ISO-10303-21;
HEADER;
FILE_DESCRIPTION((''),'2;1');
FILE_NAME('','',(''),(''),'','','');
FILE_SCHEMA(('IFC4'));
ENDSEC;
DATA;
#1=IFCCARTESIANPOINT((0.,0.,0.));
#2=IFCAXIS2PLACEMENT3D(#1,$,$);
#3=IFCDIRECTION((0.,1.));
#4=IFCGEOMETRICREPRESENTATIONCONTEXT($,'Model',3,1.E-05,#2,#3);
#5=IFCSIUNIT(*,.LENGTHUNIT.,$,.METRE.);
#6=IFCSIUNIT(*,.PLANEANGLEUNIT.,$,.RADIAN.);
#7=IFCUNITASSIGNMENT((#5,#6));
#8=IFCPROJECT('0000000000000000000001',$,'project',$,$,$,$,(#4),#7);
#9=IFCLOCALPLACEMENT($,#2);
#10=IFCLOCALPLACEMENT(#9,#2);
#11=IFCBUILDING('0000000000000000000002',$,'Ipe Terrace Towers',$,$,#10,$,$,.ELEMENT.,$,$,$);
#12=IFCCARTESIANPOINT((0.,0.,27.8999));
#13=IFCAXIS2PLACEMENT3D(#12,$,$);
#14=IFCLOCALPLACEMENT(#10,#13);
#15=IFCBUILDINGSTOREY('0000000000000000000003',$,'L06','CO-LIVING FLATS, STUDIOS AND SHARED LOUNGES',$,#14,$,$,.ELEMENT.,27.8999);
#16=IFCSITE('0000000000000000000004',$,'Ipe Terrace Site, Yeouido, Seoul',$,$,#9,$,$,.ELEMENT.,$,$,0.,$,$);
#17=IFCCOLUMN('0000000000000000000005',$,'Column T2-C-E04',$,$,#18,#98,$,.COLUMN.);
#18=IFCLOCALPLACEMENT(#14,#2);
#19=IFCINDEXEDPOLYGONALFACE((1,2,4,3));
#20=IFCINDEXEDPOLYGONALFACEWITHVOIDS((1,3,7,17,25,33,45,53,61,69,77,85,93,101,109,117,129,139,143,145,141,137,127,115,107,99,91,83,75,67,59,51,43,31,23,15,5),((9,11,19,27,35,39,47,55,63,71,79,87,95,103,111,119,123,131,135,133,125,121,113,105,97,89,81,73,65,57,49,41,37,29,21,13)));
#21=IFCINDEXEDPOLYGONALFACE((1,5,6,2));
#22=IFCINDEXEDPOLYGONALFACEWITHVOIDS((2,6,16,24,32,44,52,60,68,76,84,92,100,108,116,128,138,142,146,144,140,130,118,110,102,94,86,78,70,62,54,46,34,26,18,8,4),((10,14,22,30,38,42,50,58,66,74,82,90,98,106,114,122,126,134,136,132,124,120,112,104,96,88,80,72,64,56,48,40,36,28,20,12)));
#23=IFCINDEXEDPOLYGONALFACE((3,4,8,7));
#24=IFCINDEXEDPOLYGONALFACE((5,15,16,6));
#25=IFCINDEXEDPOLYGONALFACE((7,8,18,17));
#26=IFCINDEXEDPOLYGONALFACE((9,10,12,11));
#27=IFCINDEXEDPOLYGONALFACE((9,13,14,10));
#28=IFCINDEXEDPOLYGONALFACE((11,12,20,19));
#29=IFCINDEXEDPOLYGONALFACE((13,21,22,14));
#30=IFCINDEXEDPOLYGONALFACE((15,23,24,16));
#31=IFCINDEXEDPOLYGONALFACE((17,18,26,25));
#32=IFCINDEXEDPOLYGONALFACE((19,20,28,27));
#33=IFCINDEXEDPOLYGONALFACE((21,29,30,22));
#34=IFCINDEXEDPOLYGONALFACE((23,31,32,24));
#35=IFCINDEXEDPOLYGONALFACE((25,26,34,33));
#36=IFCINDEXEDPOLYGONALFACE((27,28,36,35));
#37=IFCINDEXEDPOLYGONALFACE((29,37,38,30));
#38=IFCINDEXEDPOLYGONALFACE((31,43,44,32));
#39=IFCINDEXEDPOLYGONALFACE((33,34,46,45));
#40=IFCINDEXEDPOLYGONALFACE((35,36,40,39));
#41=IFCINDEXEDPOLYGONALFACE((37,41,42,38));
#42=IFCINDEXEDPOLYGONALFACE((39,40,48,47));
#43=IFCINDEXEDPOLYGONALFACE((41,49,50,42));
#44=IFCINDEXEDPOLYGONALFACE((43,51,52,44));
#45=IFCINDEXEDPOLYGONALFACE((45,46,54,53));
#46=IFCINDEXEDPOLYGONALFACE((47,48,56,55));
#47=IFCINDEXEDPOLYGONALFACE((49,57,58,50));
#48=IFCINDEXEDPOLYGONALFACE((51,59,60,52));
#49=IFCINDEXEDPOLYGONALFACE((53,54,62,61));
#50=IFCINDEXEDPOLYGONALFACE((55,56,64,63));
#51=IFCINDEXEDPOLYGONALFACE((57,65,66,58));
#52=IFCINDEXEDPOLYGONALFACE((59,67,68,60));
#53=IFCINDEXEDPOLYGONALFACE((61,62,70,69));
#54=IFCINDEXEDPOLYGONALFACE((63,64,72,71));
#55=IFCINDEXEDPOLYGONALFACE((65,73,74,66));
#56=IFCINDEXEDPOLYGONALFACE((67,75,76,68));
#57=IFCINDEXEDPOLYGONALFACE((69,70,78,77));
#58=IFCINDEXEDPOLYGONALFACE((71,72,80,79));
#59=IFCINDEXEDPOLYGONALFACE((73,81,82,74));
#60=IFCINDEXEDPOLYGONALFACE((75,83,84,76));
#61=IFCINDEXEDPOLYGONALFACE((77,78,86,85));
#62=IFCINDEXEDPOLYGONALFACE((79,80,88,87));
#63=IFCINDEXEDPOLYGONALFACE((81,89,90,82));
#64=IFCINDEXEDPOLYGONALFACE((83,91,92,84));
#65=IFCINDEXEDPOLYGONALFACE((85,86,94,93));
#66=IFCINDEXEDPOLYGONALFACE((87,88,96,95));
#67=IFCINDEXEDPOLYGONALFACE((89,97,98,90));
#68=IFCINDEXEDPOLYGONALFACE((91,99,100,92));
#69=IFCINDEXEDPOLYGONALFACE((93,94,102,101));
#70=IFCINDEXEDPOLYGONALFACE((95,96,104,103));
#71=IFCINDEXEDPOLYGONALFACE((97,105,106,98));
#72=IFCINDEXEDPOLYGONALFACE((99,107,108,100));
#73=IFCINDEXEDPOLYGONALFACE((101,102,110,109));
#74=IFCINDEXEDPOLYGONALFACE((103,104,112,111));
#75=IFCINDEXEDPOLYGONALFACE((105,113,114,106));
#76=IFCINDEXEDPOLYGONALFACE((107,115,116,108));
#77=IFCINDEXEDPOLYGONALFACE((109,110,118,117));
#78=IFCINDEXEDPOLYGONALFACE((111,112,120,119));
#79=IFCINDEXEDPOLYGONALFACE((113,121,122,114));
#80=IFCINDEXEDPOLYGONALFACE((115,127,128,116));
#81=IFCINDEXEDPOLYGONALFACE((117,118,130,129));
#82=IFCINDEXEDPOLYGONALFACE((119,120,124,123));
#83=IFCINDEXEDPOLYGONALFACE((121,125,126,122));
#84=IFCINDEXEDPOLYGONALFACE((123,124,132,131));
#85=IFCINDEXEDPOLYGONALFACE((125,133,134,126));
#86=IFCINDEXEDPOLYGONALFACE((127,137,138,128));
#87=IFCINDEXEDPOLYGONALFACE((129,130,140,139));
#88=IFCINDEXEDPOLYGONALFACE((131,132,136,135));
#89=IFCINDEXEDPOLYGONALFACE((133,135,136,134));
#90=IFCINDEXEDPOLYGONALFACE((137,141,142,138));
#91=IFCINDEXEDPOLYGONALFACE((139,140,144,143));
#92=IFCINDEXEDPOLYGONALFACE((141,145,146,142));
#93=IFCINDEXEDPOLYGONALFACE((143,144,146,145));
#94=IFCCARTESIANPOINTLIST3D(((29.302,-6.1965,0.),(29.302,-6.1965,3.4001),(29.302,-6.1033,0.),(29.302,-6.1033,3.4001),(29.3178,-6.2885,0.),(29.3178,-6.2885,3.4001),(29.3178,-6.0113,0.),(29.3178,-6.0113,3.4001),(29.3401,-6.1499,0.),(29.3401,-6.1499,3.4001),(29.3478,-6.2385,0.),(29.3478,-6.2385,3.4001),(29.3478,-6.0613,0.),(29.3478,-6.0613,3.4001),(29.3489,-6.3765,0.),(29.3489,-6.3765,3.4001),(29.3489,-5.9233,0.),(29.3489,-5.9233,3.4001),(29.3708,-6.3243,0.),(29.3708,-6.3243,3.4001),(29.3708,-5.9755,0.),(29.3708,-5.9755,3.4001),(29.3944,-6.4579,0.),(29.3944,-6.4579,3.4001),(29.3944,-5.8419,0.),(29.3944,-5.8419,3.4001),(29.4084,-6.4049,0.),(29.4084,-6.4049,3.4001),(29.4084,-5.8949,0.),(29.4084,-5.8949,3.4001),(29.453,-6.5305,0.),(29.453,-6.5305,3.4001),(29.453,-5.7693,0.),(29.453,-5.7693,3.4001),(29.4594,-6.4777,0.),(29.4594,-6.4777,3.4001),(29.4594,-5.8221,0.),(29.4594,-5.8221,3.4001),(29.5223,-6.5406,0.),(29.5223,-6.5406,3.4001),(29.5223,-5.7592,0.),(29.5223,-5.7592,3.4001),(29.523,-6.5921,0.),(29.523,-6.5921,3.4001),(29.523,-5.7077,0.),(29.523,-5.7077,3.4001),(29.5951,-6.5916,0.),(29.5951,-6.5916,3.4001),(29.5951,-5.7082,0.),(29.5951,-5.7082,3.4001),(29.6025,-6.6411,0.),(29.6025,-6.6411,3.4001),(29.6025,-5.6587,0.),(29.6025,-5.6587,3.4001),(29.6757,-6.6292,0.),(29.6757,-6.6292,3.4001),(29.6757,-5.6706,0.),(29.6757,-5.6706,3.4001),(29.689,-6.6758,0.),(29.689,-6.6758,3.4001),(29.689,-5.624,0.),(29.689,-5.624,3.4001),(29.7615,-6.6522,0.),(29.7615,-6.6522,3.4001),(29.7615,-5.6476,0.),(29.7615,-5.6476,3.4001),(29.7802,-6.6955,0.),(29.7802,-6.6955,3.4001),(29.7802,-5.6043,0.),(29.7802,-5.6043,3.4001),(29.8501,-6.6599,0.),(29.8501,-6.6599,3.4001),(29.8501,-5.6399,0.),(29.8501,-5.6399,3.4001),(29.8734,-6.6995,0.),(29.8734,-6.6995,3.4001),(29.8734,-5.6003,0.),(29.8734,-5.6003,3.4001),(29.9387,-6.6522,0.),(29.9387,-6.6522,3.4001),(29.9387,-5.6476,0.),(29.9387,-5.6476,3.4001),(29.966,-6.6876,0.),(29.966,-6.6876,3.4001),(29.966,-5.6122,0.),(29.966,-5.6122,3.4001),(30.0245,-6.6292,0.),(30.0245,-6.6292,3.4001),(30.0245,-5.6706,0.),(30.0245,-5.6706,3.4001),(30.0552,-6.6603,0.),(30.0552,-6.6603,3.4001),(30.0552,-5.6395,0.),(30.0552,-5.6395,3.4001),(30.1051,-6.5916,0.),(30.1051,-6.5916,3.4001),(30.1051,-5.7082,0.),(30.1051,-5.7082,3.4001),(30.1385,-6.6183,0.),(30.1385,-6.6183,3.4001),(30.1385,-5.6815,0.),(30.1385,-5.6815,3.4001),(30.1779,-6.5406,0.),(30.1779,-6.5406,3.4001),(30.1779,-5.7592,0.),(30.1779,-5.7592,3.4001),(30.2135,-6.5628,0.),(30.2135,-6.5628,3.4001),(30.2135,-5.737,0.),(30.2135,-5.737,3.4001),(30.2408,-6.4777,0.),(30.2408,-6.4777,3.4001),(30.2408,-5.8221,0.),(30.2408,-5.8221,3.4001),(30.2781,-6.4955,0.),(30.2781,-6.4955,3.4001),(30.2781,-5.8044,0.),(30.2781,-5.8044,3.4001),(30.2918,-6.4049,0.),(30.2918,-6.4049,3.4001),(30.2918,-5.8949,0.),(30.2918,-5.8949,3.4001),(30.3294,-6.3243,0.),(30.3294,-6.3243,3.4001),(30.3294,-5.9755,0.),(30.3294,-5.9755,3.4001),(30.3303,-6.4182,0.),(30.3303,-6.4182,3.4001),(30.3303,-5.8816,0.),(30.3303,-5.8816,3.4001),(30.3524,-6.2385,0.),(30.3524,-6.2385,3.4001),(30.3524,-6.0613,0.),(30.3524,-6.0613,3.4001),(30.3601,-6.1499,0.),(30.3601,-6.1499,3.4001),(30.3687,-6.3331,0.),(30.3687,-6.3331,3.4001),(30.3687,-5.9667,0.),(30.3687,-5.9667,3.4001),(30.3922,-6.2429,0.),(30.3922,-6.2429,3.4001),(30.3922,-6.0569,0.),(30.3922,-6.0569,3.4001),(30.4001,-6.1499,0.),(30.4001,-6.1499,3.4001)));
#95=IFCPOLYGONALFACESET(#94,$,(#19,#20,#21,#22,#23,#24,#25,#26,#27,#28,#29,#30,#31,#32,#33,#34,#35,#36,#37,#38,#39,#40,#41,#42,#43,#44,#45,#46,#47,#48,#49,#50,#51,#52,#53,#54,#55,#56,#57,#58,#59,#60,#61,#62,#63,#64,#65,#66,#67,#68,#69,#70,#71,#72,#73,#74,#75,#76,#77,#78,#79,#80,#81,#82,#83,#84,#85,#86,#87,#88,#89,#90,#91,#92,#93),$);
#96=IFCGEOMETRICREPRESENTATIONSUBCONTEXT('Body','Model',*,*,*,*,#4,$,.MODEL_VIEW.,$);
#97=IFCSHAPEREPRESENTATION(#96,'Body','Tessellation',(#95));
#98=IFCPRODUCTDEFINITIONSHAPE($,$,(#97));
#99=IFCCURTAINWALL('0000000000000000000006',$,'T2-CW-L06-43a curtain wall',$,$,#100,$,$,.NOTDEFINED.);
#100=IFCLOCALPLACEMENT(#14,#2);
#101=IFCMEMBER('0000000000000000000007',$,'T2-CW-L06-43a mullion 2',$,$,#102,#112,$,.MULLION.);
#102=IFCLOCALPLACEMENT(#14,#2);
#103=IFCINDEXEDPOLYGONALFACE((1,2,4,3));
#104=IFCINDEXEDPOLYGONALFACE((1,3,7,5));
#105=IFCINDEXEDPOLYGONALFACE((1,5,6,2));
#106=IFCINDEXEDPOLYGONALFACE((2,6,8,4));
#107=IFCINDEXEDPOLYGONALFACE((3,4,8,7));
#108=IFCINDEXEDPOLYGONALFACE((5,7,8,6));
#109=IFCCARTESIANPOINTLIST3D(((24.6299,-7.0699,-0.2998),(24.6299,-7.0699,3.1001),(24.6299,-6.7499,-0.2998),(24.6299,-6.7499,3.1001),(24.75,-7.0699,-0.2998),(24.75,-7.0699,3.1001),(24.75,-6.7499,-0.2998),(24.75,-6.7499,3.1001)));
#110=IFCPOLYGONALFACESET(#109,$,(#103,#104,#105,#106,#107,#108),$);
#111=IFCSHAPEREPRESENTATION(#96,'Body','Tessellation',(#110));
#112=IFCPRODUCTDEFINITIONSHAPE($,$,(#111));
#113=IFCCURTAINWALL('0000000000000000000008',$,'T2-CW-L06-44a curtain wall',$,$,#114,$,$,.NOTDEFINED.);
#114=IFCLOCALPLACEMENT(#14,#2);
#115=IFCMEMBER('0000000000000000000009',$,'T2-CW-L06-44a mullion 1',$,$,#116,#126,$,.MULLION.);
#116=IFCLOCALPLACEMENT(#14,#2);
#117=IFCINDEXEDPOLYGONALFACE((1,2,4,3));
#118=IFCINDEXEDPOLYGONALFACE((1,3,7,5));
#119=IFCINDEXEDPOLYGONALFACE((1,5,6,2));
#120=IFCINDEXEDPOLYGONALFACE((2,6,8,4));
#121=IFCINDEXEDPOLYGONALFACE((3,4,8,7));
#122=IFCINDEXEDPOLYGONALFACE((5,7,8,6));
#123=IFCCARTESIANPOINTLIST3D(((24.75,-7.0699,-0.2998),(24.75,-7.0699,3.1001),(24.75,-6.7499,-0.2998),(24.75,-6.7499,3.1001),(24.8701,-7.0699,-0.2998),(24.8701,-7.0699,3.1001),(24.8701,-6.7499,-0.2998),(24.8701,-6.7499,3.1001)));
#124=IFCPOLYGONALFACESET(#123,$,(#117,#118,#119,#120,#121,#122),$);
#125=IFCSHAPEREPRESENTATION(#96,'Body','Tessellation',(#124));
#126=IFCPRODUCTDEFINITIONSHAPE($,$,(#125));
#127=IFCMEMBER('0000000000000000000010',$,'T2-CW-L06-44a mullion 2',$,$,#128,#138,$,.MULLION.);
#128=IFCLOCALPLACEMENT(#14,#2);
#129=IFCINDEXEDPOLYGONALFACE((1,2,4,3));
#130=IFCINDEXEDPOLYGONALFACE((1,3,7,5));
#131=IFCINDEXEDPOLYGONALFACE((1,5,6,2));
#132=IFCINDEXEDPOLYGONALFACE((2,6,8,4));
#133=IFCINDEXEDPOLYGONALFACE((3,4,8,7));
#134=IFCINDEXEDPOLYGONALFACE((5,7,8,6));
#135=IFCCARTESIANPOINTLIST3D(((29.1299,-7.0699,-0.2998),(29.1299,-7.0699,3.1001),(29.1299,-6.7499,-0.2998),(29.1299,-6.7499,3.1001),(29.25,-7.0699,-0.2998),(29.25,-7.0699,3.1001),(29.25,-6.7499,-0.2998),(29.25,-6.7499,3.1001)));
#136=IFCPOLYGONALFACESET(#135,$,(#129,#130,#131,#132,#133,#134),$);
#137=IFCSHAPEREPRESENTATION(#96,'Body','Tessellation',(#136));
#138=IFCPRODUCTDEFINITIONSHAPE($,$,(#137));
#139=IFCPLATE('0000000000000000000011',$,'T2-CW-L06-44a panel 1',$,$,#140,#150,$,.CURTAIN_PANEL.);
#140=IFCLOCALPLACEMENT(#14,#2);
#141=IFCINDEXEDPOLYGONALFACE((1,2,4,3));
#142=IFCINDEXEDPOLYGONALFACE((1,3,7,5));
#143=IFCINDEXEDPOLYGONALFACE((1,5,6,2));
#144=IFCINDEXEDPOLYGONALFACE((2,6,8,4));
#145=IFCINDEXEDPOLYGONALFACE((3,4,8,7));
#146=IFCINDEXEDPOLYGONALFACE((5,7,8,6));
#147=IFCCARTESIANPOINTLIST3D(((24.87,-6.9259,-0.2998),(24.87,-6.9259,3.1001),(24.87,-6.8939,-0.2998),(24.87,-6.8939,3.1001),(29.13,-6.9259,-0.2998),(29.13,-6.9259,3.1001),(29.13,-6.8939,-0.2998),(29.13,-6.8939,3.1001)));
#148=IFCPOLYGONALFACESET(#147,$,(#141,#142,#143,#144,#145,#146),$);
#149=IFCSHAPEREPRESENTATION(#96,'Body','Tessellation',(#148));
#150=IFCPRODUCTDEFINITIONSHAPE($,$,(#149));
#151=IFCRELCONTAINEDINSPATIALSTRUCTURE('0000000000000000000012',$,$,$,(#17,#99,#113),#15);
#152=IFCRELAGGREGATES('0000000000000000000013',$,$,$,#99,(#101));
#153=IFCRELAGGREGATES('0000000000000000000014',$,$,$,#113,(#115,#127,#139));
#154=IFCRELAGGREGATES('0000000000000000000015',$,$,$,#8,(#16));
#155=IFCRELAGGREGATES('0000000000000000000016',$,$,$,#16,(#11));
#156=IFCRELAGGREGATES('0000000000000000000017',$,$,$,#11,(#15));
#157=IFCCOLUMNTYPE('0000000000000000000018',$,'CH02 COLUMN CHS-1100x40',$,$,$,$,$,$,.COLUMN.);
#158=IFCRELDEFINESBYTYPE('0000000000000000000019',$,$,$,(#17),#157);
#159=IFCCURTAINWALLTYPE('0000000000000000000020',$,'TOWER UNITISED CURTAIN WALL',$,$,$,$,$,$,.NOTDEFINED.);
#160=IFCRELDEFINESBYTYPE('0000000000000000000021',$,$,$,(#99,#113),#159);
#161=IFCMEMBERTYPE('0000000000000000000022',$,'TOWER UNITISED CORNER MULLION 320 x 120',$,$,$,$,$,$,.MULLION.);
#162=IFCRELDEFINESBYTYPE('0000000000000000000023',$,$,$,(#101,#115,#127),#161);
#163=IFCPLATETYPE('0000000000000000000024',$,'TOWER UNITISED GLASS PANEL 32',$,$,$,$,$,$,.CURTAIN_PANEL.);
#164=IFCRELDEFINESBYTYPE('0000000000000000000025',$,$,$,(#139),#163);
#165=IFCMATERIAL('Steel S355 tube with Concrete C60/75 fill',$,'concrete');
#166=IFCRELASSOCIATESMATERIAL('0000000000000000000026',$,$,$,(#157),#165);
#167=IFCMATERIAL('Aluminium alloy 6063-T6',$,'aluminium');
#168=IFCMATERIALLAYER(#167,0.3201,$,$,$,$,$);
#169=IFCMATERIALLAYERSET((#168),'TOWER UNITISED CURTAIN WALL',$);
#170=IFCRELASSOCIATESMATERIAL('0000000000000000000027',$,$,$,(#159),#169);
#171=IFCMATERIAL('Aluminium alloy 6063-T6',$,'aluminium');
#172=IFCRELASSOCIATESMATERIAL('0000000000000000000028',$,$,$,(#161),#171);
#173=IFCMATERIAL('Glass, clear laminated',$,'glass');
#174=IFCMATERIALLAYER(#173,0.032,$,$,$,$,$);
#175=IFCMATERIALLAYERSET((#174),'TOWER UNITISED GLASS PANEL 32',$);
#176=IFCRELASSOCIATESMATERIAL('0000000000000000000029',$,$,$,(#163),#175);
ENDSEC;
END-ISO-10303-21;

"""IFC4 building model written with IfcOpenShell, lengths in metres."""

from ifc_helpers import new_model, si_unit, direction, frame, origin, origin_2d, place, context, subcontext, project, spatial, rectangle, hollow_circle, extrude, material, layer, layer_set, material_profile, profile_set, type_object, element, aggregate, save


model = new_model("IFC4")

# Units and contexts
model_context = context("Model", 3, precision=1e-05, world=origin(), true_north=direction((0.0, 1.0)))
body_context = subcontext(model_context, "Body", "Model", "MODEL_VIEW")
ifc_project = project(units=[si_unit("LENGTHUNIT", "METRE"), si_unit("PLANEANGLEUNIT", "RADIAN")], contexts=[model_context])

# Site, building, storey
site_placement = place(None, origin())
site = spatial("IfcSite", under=ifc_project, at=site_placement, Name="Ipe Terrace Site, Yeouido, Seoul", CompositionType="ELEMENT", RefElevation=0.0)
building_placement = place(site_placement, origin())
building = spatial("IfcBuilding", under=site, at=building_placement, Name="Ipe Terrace Towers", CompositionType="ELEMENT")
storey_placement = place(building_placement, frame((0.0, 0.0, 27.8999)))
storey = spatial("IfcBuildingStorey", under=building, at=storey_placement, Name="L06", Description="CO-LIVING FLATS, STUDIOS AND SHARED LOUNGES", CompositionType="ELEMENT", Elevation=27.8999)

# Column
ifc_material_1 = material(Name="Steel S355 tube with Concrete C60/75 fill", Category="concrete")
ifc_material_profile_1 = material_profile(ifc_material_1, hollow_circle(Radius=0.55, WallThickness=0.04, at=origin_2d()), Name="CHS-1100x40")
ifc_profile_set_1 = profile_set([ifc_material_profile_1], Name="Steel S355 tube with Concrete C60/75 fill")
column_type = type_object("IfcColumnType", Name="CH02 COLUMN CHS-1100x40", PredefinedType="COLUMN", material=ifc_profile_set_1)
column_placement = place(storey_placement, frame((29.8501, -6.1499, 0.0), z_axis=(0.0, 0.0, 1.0), x_axis=(1.0, 0.0, 0.0)))
element("IfcColumn", 1, at=column_placement, inside=storey, type_object=column_type, Name="Column T2-C-E04", PredefinedType="COLUMN", context=body_context, shape_type="SweptSolid", body=[
    extrude(hollow_circle(Radius=0.55, WallThickness=0.04, at=origin_2d()), origin(), (0.0, 0.0, 1.0), 3.4001),
])

# Curtain wall, member
ifc_material_2 = material(Name="Aluminium alloy 6063-T6", Category="aluminium")
ifc_layer_1 = layer(ifc_material_2, 0.3201)
ifc_layer_set_1 = layer_set([ifc_layer_1], Name="TOWER UNITISED CURTAIN WALL")
curtain_wall_type = type_object("IfcCurtainWallType", Name="TOWER UNITISED CURTAIN WALL", PredefinedType="NOTDEFINED", material=ifc_layer_set_1)
curtain_wall_1_placement = place(storey_placement, origin())
curtain_wall_1 = element("IfcCurtainWall", 2, at=curtain_wall_1_placement, inside=storey, type_object=curtain_wall_type, Name="T2-CW-L06-43a curtain wall", PredefinedType="NOTDEFINED")
ifc_material_3 = material(Name="Aluminium alloy 6063-T6", Category="aluminium")
ifc_material_profile_2 = material_profile(ifc_material_3, rectangle(XDim=0.3201, YDim=0.1201, at=origin_2d()), Name="TOWER UNITISED CORNER MULLION 320 x 120")
ifc_profile_set_2 = profile_set([ifc_material_profile_2], Name="Aluminium alloy 6063-T6")
member_type = type_object("IfcMemberType", Name="TOWER UNITISED CORNER MULLION 320 x 120", PredefinedType="MULLION", material=ifc_profile_set_2)
member_1_placement = place(storey_placement, frame((24.6899, -6.9099, -0.2998), z_axis=(0.0, 0.0, 1.0), x_axis=(0.0, -1.0, 0.0)))
member_1 = element("IfcMember", 3, at=member_1_placement, type_object=member_type, Name="T2-CW-L06-43a mullion 2", PredefinedType="MULLION", context=body_context, shape_type="SweptSolid", body=[
    extrude(rectangle(XDim=0.3201, YDim=0.1201, at=origin_2d()), origin(), (0.0, 0.0, 1.0), 3.3999),
])
aggregate(curtain_wall_1, [member_1])

# Curtain wall, members, plate
curtain_wall_2_placement = place(storey_placement, origin())
curtain_wall_2 = element("IfcCurtainWall", 4, at=curtain_wall_2_placement, inside=storey, type_object=curtain_wall_type, Name="T2-CW-L06-44a curtain wall", PredefinedType="NOTDEFINED")
member_2_placement = place(storey_placement, frame((24.8101, -6.9099, -0.2998), z_axis=(0.0, 0.0, 1.0), x_axis=(0.0, -1.0, 0.0)))
member_2 = element("IfcMember", 5, at=member_2_placement, type_object=member_type, Name="T2-CW-L06-44a mullion 1", PredefinedType="MULLION", context=body_context, shape_type="SweptSolid", body=[
    extrude(rectangle(XDim=0.3201, YDim=0.1201, at=origin_2d()), origin(), (0.0, 0.0, 1.0), 3.3999),
])
member_3_placement = place(storey_placement, frame((29.1899, -6.9099, -0.2998), z_axis=(0.0, 0.0, 1.0), x_axis=(0.0, -1.0, 0.0)))
member_3 = element("IfcMember", 6, at=member_3_placement, type_object=member_type, Name="T2-CW-L06-44a mullion 2", PredefinedType="MULLION", context=body_context, shape_type="SweptSolid", body=[
    extrude(rectangle(XDim=0.3201, YDim=0.1201, at=origin_2d()), origin(), (0.0, 0.0, 1.0), 3.3999),
])
ifc_material_4 = material(Name="Glass, clear laminated", Category="glass")
ifc_layer_2 = layer(ifc_material_4, 0.032)
ifc_layer_set_2 = layer_set([ifc_layer_2], Name="TOWER UNITISED GLASS PANEL 32")
plate_type = type_object("IfcPlateType", Name="TOWER UNITISED GLASS PANEL 32", PredefinedType="CURTAIN_PANEL", material=ifc_layer_set_2)
plate_placement = place(storey_placement, frame((27.0, -6.9099, -0.2998), z_axis=(0.0, 0.0, 1.0), x_axis=(1.0, 0.0, 0.0)))
plate = element("IfcPlate", 7, at=plate_placement, type_object=plate_type, Name="T2-CW-L06-44a panel 1", PredefinedType="CURTAIN_PANEL", context=body_context, shape_type="SweptSolid", body=[
    extrude(rectangle(XDim=4.26, YDim=0.032, at=origin_2d()), origin(), (0.0, 0.0, 1.0), 3.3999),
])
aggregate(curtain_wall_2, [member_2, member_3, plate])

save(model, "model.ifc")
